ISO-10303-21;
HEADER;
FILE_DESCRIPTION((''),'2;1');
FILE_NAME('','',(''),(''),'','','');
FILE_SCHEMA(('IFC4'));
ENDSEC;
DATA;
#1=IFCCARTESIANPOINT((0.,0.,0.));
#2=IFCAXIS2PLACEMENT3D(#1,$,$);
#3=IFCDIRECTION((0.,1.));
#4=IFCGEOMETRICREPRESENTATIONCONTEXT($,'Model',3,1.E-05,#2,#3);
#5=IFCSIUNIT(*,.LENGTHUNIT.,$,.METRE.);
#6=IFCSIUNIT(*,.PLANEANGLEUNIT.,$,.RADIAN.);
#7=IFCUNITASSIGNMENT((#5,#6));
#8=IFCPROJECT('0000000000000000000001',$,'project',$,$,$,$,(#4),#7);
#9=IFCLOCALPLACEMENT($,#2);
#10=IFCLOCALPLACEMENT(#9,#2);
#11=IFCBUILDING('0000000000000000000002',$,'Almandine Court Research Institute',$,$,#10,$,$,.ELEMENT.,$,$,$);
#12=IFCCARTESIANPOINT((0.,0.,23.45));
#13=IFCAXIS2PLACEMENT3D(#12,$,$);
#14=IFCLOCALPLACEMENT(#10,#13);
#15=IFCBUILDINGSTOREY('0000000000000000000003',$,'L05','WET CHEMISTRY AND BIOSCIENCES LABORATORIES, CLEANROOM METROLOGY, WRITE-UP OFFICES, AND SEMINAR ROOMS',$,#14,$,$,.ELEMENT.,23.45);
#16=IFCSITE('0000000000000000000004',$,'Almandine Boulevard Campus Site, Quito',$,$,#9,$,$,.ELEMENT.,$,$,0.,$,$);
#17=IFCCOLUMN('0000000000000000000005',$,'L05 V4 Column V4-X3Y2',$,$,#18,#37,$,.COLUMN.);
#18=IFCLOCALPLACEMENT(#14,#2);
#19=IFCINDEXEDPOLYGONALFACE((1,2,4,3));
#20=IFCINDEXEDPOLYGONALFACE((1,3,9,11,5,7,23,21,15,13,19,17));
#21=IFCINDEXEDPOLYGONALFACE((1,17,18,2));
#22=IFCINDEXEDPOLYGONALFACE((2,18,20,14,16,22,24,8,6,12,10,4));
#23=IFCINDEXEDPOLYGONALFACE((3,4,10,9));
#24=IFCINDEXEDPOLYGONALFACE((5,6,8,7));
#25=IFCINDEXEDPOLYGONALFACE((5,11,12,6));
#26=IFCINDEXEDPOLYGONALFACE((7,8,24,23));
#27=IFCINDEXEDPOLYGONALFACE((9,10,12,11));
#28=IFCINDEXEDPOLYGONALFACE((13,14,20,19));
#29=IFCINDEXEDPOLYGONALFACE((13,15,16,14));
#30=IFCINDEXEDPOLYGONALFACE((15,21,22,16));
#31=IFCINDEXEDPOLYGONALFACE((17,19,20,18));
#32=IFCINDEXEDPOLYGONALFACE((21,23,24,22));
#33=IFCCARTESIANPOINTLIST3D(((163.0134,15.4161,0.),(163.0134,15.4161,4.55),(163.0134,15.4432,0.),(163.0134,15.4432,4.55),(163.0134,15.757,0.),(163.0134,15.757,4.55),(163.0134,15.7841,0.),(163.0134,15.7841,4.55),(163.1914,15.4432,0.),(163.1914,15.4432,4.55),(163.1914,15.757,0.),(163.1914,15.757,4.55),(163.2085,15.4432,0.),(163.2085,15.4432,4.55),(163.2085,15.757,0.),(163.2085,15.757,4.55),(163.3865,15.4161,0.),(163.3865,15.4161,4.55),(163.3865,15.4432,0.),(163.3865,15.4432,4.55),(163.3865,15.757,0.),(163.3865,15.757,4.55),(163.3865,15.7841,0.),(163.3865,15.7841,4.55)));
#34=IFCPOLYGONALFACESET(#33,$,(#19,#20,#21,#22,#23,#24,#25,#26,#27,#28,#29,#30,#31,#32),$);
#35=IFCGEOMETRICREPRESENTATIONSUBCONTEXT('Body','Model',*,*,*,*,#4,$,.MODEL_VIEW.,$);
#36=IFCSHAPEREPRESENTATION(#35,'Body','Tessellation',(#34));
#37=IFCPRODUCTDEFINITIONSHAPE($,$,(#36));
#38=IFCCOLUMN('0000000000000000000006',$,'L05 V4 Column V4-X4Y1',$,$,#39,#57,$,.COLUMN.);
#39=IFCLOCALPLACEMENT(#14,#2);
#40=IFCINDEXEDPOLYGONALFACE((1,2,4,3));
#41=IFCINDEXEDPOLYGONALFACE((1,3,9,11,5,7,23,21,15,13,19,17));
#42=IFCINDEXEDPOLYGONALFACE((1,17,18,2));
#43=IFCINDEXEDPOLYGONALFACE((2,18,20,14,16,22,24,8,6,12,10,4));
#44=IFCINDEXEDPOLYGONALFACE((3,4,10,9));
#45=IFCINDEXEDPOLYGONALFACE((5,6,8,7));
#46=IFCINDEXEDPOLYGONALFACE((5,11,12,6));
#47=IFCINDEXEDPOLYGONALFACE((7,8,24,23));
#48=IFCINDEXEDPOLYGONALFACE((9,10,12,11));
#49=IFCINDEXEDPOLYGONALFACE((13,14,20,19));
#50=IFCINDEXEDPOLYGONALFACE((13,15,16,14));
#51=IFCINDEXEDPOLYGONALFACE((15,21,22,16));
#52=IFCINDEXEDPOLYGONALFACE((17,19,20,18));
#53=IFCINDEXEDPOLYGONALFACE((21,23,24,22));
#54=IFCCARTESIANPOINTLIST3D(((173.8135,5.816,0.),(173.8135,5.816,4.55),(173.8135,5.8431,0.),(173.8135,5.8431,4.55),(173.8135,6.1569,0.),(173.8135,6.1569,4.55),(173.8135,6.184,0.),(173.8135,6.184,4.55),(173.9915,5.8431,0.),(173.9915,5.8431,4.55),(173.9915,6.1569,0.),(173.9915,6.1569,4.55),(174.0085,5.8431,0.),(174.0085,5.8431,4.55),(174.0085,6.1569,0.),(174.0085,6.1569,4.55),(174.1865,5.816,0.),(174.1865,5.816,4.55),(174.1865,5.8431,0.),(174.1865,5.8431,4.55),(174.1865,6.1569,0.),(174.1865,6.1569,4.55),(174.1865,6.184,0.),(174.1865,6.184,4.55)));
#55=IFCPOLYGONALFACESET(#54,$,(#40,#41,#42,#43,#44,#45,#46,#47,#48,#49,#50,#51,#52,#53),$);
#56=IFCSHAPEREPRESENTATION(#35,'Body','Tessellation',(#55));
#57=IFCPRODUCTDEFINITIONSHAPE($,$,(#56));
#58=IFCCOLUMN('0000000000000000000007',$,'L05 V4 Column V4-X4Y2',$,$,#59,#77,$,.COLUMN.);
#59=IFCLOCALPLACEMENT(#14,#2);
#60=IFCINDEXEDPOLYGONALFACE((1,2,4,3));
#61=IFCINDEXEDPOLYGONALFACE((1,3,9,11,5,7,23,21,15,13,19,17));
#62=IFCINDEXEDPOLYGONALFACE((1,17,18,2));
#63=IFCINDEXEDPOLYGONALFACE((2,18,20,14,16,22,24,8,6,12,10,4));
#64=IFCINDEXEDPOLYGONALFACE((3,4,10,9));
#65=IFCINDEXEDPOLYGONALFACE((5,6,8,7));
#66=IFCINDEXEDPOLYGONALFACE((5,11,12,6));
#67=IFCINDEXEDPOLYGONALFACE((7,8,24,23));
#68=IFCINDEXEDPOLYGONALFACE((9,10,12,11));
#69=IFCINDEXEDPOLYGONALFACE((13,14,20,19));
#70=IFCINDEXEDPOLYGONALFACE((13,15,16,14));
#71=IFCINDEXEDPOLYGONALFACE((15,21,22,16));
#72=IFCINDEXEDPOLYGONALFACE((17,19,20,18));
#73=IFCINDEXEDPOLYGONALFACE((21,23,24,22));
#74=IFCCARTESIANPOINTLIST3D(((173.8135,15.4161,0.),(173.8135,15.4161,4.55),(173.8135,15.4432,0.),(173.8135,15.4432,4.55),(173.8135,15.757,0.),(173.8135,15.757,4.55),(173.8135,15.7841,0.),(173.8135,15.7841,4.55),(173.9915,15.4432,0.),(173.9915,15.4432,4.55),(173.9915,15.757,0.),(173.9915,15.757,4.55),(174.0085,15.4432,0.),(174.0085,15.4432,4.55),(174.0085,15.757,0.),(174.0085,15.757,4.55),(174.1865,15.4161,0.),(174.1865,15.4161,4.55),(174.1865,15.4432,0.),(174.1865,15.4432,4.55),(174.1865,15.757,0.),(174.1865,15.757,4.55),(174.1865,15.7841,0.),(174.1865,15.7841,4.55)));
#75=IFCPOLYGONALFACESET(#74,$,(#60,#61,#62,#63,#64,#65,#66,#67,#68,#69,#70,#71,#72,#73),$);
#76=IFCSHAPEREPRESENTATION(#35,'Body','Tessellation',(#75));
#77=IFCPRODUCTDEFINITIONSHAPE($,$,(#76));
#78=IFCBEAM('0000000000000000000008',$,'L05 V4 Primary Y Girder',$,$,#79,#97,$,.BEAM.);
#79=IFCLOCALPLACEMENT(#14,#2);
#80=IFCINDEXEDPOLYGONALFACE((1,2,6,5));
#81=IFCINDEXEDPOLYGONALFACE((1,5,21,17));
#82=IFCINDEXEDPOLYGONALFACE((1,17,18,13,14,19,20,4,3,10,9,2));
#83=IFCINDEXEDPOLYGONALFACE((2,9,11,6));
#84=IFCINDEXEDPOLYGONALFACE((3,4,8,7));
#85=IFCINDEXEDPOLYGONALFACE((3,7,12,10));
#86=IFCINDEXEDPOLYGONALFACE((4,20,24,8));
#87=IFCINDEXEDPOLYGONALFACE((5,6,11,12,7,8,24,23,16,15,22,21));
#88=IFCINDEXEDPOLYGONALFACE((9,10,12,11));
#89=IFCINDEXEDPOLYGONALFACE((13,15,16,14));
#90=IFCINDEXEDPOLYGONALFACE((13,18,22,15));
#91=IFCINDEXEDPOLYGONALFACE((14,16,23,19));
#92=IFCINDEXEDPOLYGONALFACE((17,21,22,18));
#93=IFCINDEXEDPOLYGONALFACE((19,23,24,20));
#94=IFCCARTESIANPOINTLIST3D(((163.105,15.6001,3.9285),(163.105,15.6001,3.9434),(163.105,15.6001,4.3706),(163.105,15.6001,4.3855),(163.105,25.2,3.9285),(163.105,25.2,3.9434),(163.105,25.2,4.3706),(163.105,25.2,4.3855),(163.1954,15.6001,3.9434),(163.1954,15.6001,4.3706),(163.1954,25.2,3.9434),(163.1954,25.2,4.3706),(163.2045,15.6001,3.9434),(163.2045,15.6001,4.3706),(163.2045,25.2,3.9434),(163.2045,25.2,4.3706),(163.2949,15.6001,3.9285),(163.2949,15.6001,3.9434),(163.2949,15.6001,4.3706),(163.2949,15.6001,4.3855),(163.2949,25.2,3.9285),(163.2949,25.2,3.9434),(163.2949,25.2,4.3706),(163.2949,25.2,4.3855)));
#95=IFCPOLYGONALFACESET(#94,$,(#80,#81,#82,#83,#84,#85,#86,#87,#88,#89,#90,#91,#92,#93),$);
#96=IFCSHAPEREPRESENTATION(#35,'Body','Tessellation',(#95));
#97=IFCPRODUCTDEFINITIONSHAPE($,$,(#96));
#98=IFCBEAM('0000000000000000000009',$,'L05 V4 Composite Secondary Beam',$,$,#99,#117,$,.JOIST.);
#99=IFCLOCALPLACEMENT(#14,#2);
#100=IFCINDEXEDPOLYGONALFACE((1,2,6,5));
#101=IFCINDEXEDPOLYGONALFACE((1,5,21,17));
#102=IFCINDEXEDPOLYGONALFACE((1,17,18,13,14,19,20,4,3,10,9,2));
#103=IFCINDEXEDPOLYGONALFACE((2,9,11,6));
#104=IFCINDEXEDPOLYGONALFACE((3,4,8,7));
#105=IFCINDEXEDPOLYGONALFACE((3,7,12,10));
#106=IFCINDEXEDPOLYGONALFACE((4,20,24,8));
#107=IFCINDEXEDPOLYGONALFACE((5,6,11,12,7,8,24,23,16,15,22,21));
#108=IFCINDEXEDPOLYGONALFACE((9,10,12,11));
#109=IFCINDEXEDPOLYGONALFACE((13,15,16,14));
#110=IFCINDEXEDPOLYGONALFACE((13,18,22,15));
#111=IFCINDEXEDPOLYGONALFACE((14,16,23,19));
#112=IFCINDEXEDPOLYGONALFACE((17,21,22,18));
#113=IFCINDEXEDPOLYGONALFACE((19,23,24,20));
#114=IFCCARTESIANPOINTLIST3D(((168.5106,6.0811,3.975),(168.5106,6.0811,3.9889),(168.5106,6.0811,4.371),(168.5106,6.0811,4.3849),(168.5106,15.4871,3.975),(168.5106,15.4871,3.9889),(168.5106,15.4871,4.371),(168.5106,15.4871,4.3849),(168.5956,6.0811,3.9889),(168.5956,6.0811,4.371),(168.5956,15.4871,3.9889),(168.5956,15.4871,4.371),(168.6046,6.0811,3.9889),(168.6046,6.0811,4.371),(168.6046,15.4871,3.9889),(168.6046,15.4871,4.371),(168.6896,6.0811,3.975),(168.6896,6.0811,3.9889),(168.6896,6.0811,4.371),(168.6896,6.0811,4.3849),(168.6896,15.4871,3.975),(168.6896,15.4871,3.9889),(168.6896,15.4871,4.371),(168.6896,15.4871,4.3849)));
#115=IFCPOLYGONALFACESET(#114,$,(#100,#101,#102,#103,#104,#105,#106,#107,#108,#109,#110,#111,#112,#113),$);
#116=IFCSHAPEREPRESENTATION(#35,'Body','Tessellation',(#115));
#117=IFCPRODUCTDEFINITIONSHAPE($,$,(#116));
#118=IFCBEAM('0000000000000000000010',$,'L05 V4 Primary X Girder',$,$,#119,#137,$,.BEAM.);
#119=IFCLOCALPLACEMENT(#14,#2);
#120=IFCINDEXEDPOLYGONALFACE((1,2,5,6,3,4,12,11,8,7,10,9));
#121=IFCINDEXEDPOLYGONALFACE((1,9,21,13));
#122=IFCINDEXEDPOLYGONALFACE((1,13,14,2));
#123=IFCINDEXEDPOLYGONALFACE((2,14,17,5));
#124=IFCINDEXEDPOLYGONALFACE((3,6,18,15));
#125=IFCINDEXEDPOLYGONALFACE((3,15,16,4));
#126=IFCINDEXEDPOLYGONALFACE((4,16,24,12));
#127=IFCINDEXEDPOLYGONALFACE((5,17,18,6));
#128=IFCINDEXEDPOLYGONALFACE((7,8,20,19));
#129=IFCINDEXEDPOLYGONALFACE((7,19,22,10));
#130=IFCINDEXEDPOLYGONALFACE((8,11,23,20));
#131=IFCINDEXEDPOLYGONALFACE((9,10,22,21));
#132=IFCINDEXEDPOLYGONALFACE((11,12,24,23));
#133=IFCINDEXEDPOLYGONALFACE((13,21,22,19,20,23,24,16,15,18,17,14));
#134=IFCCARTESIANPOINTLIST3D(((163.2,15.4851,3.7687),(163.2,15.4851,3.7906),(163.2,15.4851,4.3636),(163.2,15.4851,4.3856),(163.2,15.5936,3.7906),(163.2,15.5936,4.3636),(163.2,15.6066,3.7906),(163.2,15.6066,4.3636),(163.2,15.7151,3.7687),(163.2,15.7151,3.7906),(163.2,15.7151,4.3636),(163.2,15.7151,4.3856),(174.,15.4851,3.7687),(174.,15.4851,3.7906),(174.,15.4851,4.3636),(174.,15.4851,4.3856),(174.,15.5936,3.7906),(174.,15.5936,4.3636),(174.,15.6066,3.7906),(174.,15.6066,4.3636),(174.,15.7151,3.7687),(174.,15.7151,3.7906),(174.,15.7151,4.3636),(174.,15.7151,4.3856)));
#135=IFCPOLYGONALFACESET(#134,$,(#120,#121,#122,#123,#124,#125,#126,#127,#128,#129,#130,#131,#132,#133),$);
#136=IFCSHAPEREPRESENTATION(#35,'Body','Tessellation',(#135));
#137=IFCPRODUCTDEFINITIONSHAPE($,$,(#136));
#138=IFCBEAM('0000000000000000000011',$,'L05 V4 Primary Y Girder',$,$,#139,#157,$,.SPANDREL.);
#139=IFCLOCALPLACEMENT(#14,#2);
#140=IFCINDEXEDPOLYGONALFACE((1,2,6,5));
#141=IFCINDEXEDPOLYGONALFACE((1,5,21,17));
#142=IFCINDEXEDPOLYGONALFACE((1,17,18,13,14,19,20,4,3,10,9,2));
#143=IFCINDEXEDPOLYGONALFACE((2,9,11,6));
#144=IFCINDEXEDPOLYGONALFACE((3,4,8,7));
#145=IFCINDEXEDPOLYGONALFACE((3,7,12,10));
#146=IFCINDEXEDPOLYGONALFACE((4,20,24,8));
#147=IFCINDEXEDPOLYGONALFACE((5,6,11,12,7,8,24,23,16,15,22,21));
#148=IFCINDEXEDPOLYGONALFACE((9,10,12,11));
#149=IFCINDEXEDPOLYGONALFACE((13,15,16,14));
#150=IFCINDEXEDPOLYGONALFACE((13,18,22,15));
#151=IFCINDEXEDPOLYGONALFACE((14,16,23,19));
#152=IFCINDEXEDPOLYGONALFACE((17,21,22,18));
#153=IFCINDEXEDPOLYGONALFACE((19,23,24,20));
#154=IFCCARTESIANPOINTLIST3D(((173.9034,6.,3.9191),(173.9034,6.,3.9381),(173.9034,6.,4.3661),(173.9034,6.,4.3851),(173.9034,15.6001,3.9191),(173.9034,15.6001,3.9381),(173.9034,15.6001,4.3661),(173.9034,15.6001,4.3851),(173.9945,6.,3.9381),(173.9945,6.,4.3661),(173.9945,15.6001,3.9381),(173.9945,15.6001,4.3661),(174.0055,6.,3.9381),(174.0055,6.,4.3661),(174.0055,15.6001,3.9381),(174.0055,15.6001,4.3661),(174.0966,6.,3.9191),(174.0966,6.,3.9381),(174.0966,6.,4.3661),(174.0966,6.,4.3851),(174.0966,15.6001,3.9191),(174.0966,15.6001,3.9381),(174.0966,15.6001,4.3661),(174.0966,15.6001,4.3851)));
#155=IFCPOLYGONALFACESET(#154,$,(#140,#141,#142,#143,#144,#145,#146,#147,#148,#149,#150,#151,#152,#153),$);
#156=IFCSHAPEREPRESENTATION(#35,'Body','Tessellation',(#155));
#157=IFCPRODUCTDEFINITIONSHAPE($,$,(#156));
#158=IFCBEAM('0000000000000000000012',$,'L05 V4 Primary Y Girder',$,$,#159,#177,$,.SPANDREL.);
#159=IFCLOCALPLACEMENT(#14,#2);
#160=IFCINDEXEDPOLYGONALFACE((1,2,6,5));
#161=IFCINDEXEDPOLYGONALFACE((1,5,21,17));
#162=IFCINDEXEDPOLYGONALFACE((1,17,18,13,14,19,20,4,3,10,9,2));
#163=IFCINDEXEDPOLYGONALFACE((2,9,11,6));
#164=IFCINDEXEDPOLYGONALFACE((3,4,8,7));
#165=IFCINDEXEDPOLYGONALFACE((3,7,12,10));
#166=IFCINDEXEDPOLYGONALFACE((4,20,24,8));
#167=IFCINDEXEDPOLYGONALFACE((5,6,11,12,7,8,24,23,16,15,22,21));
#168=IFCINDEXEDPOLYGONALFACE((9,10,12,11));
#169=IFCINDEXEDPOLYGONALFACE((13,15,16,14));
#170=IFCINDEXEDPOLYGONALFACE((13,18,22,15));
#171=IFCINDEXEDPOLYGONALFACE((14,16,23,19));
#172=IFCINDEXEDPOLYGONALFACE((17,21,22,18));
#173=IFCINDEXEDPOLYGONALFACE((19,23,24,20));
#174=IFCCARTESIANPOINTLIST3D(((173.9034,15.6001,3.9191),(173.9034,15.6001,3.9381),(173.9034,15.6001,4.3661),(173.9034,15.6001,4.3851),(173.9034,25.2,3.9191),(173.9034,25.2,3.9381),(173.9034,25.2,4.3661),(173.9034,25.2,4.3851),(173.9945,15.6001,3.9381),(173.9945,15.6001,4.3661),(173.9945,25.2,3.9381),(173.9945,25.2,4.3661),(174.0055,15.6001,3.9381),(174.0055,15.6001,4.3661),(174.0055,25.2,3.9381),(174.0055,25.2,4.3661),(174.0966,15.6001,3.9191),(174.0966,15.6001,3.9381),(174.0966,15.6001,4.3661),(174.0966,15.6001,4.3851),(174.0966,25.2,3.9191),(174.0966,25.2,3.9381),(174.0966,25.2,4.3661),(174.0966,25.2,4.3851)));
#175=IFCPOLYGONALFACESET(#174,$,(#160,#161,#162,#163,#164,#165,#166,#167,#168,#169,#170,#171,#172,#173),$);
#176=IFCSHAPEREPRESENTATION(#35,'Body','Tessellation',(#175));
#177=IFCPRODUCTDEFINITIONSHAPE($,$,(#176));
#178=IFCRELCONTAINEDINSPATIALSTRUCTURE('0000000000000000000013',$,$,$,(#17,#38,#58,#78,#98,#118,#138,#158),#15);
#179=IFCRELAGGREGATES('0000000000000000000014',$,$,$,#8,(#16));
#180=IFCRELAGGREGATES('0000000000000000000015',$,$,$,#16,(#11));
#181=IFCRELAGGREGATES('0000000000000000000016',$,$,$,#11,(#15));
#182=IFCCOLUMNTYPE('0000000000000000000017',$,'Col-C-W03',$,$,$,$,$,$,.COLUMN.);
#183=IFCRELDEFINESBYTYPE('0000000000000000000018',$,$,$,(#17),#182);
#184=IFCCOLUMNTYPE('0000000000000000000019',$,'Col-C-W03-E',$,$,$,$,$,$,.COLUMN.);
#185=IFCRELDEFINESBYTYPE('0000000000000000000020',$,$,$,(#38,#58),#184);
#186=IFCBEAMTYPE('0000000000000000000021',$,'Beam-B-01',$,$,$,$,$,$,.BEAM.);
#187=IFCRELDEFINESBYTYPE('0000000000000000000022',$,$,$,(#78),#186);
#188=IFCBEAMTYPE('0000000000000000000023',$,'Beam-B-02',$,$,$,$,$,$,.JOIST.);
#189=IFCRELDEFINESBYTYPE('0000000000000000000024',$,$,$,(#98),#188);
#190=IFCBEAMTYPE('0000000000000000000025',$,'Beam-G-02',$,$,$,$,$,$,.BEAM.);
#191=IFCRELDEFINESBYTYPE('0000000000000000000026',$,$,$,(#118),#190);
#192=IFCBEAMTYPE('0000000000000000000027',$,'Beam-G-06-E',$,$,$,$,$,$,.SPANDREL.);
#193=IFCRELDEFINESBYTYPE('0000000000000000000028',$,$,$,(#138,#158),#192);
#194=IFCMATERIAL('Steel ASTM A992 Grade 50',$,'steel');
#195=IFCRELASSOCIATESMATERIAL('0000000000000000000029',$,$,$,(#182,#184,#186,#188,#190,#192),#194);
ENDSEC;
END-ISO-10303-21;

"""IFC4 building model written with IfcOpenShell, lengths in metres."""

from ifc_helpers import new_model, si_unit, direction, frame, origin, origin_2d, place, context, subcontext, project, spatial, i_section, extrude, material, material_profile, profile_set, type_object, element, save


model = new_model("IFC4")

# Units and contexts
model_context = context("Model", 3, precision=1e-05, world=origin(), true_north=direction((0.0, 1.0)))
body_context = subcontext(model_context, "Body", "Model", "MODEL_VIEW")
ifc_project = project(units=[si_unit("LENGTHUNIT", "METRE"), si_unit("PLANEANGLEUNIT", "RADIAN")], contexts=[model_context])

# Site, building, storey
site_placement = place(None, origin())
site = spatial("IfcSite", under=ifc_project, at=site_placement, Name="Almandine Boulevard Campus Site, Quito", CompositionType="ELEMENT", RefElevation=0.0)
building_placement = place(site_placement, origin())
building = spatial("IfcBuilding", under=site, at=building_placement, Name="Almandine Court Research Institute", CompositionType="ELEMENT")
storey_placement = place(building_placement, frame((0.0, 0.0, 23.45)))
storey = spatial("IfcBuildingStorey", under=building, at=storey_placement, Name="L05", Description="WET CHEMISTRY AND BIOSCIENCES LABORATORIES, CLEANROOM METROLOGY, WRITE-UP OFFICES, AND SEMINAR ROOMS", CompositionType="ELEMENT", Elevation=23.45)

# Columns
ifc_material_1 = material(Name="Steel ASTM A992 Grade 50", Category="steel")
ifc_material_profile_1 = material_profile(ifc_material_1, i_section(OverallWidth=0.373, OverallDepth=0.3679, WebThickness=0.0171, FlangeThickness=0.0271, at=origin_2d()), Name="W360x179")
ifc_profile_set_1 = profile_set([ifc_material_profile_1], Name="Steel ASTM A992 Grade 50")
column_type_1 = type_object("IfcColumnType", Name="Col-C-W03", PredefinedType="COLUMN", material=ifc_profile_set_1)
column_placement = place(storey_placement, frame((163.2, 15.6001, 0.0), z_axis=(0.0, 0.0, 1.0), x_axis=(1.0, 0.0, 0.0)))
element("IfcColumn", 1, at=column_placement, inside=storey, type_object=column_type_1, Name="L05 V4 Column V4-X3Y2", PredefinedType="COLUMN", context=body_context, shape_type="SweptSolid", body=[
    extrude(i_section(OverallWidth=0.373, OverallDepth=0.3679, WebThickness=0.0171, FlangeThickness=0.0271, at=origin_2d()), origin(), (0.0, 0.0, 1.0), 4.55),
])
ifc_material_profile_2 = material_profile(ifc_material_1, i_section(OverallWidth=0.373, OverallDepth=0.3679, WebThickness=0.0171, FlangeThickness=0.0271, at=origin_2d()), Name="W360x179")
ifc_profile_set_2 = profile_set([ifc_material_profile_2], Name="Steel ASTM A992 Grade 50")
column_type_2 = type_object("IfcColumnType", Name="Col-C-W03-E", PredefinedType="COLUMN", material=ifc_profile_set_2)
for number, where, z_axis, x_axis, name in (
    (2, (174.0, 6.0, 0.0), (0.0, 0.0, 1.0), (1.0, 0.0, 0.0), "L05 V4 Column V4-X4Y1"),
    (3, (174.0, 15.6001, 0.0), (0.0, 0.0, 1.0), (1.0, 0.0, 0.0), "L05 V4 Column V4-X4Y2"),
):
    element("IfcColumn", number, at=place(storey_placement, frame(where, z_axis=z_axis, x_axis=x_axis)), inside=storey, type_object=column_type_2, Name=name, PredefinedType="COLUMN", context=body_context, shape_type="SweptSolid", body=[
        extrude(i_section(OverallWidth=0.373, OverallDepth=0.3679, WebThickness=0.0171, FlangeThickness=0.0271, at=origin_2d()), origin(), (0.0, 0.0, 1.0), 4.55),
    ])

# Beams
ifc_material_profile_3 = material_profile(ifc_material_1, i_section(OverallWidth=0.1899, OverallDepth=0.457, WebThickness=0.009, FlangeThickness=0.0149, at=origin_2d()), Name="W460x74")
ifc_profile_set_3 = profile_set([ifc_material_profile_3], Name="Steel ASTM A992 Grade 50")
beam_type_1 = type_object("IfcBeamType", Name="Beam-B-01", PredefinedType="BEAM", material=ifc_profile_set_3)
beam_1_placement = place(storey_placement, frame((163.2, 15.6001, 4.157), z_axis=(0.0, 1.0, 0.0), x_axis=(-1.0, 0.0, 0.0)))
element("IfcBeam", 4, at=beam_1_placement, inside=storey, type_object=beam_type_1, Name="L05 V4 Primary Y Girder", PredefinedType="BEAM", context=body_context, shape_type="SweptSolid", body=[
    extrude(i_section(OverallWidth=0.1899, OverallDepth=0.457, WebThickness=0.009, FlangeThickness=0.0149, at=origin_2d()), origin(), (0.0, 0.0, 1.0), 9.5999),
])
ifc_material_profile_4 = material_profile(ifc_material_1, i_section(OverallWidth=0.179, OverallDepth=0.4099, WebThickness=0.009, FlangeThickness=0.0139, at=origin_2d()), Name="W410x67")
ifc_profile_set_4 = profile_set([ifc_material_profile_4], Name="Steel ASTM A992 Grade 50")
beam_type_2 = type_object("IfcBeamType", Name="Beam-B-02", PredefinedType="JOIST", material=ifc_profile_set_4)
beam_2_placement = place(storey_placement, frame((168.6001, 6.0811, 4.1799), z_axis=(0.0, 1.0, 0.0), x_axis=(-1.0, 0.0, 0.0)))
element("IfcBeam", 5, at=beam_2_placement, inside=storey, type_object=beam_type_2, Name="L05 V4 Composite Secondary Beam", PredefinedType="JOIST", context=body_context, shape_type="SweptSolid", body=[
    extrude(i_section(OverallWidth=0.179, OverallDepth=0.4099, WebThickness=0.009, FlangeThickness=0.0139, at=origin_2d()), origin(), (0.0, 0.0, 1.0), 9.406),
])
ifc_material_profile_5 = material_profile(ifc_material_1, i_section(OverallWidth=0.23, OverallDepth=0.6169, WebThickness=0.0129, FlangeThickness=0.022, at=origin_2d()), Name="W610x140")
ifc_profile_set_5 = profile_set([ifc_material_profile_5], Name="Steel ASTM A992 Grade 50")
beam_type_3 = type_object("IfcBeamType", Name="Beam-G-02", PredefinedType="BEAM", material=ifc_profile_set_5)
beam_3_placement = place(storey_placement, frame((163.2, 15.6001, 4.0771), z_axis=(1.0, 0.0, 0.0), x_axis=(0.0, 1.0, 0.0)))
element("IfcBeam", 6, at=beam_3_placement, inside=storey, type_object=beam_type_3, Name="L05 V4 Primary X Girder", PredefinedType="BEAM", context=body_context, shape_type="SweptSolid", body=[
    extrude(i_section(OverallWidth=0.23, OverallDepth=0.6169, WebThickness=0.0129, FlangeThickness=0.022, at=origin_2d()), origin(), (0.0, 0.0, 1.0), 10.8),
])
ifc_material_profile_6 = material_profile(ifc_material_1, i_section(OverallWidth=0.1931, OverallDepth=0.4661, WebThickness=0.011, FlangeThickness=0.019, at=origin_2d()), Name="W460x97")
ifc_profile_set_6 = profile_set([ifc_material_profile_6], Name="Steel ASTM A992 Grade 50")
beam_type_4 = type_object("IfcBeamType", Name="Beam-G-06-E", PredefinedType="SPANDREL", material=ifc_profile_set_6)
beam_4_placement = place(storey_placement, frame((174.0, 6.0, 4.1521), z_axis=(0.0, 1.0, 0.0), x_axis=(-1.0, 0.0, 0.0)))
element("IfcBeam", 7, at=beam_4_placement, inside=storey, type_object=beam_type_4, Name="L05 V4 Primary Y Girder", PredefinedType="SPANDREL", context=body_context, shape_type="SweptSolid", body=[
    extrude(i_section(OverallWidth=0.1931, OverallDepth=0.4661, WebThickness=0.011, FlangeThickness=0.019, at=origin_2d()), origin(), (0.0, 0.0, 1.0), 9.6001),
])
beam_5_placement = place(storey_placement, frame((174.0, 15.6001, 4.1521), z_axis=(0.0, 1.0, 0.0), x_axis=(-1.0, 0.0, 0.0)))
element("IfcBeam", 8, at=beam_5_placement, inside=storey, type_object=beam_type_4, Name="L05 V4 Primary Y Girder", PredefinedType="SPANDREL", context=body_context, shape_type="SweptSolid", body=[
    extrude(i_section(OverallWidth=0.1931, OverallDepth=0.4661, WebThickness=0.011, FlangeThickness=0.019, at=origin_2d()), origin(), (0.0, 0.0, 1.0), 9.5999),
])

save(model, "model.ifc")
